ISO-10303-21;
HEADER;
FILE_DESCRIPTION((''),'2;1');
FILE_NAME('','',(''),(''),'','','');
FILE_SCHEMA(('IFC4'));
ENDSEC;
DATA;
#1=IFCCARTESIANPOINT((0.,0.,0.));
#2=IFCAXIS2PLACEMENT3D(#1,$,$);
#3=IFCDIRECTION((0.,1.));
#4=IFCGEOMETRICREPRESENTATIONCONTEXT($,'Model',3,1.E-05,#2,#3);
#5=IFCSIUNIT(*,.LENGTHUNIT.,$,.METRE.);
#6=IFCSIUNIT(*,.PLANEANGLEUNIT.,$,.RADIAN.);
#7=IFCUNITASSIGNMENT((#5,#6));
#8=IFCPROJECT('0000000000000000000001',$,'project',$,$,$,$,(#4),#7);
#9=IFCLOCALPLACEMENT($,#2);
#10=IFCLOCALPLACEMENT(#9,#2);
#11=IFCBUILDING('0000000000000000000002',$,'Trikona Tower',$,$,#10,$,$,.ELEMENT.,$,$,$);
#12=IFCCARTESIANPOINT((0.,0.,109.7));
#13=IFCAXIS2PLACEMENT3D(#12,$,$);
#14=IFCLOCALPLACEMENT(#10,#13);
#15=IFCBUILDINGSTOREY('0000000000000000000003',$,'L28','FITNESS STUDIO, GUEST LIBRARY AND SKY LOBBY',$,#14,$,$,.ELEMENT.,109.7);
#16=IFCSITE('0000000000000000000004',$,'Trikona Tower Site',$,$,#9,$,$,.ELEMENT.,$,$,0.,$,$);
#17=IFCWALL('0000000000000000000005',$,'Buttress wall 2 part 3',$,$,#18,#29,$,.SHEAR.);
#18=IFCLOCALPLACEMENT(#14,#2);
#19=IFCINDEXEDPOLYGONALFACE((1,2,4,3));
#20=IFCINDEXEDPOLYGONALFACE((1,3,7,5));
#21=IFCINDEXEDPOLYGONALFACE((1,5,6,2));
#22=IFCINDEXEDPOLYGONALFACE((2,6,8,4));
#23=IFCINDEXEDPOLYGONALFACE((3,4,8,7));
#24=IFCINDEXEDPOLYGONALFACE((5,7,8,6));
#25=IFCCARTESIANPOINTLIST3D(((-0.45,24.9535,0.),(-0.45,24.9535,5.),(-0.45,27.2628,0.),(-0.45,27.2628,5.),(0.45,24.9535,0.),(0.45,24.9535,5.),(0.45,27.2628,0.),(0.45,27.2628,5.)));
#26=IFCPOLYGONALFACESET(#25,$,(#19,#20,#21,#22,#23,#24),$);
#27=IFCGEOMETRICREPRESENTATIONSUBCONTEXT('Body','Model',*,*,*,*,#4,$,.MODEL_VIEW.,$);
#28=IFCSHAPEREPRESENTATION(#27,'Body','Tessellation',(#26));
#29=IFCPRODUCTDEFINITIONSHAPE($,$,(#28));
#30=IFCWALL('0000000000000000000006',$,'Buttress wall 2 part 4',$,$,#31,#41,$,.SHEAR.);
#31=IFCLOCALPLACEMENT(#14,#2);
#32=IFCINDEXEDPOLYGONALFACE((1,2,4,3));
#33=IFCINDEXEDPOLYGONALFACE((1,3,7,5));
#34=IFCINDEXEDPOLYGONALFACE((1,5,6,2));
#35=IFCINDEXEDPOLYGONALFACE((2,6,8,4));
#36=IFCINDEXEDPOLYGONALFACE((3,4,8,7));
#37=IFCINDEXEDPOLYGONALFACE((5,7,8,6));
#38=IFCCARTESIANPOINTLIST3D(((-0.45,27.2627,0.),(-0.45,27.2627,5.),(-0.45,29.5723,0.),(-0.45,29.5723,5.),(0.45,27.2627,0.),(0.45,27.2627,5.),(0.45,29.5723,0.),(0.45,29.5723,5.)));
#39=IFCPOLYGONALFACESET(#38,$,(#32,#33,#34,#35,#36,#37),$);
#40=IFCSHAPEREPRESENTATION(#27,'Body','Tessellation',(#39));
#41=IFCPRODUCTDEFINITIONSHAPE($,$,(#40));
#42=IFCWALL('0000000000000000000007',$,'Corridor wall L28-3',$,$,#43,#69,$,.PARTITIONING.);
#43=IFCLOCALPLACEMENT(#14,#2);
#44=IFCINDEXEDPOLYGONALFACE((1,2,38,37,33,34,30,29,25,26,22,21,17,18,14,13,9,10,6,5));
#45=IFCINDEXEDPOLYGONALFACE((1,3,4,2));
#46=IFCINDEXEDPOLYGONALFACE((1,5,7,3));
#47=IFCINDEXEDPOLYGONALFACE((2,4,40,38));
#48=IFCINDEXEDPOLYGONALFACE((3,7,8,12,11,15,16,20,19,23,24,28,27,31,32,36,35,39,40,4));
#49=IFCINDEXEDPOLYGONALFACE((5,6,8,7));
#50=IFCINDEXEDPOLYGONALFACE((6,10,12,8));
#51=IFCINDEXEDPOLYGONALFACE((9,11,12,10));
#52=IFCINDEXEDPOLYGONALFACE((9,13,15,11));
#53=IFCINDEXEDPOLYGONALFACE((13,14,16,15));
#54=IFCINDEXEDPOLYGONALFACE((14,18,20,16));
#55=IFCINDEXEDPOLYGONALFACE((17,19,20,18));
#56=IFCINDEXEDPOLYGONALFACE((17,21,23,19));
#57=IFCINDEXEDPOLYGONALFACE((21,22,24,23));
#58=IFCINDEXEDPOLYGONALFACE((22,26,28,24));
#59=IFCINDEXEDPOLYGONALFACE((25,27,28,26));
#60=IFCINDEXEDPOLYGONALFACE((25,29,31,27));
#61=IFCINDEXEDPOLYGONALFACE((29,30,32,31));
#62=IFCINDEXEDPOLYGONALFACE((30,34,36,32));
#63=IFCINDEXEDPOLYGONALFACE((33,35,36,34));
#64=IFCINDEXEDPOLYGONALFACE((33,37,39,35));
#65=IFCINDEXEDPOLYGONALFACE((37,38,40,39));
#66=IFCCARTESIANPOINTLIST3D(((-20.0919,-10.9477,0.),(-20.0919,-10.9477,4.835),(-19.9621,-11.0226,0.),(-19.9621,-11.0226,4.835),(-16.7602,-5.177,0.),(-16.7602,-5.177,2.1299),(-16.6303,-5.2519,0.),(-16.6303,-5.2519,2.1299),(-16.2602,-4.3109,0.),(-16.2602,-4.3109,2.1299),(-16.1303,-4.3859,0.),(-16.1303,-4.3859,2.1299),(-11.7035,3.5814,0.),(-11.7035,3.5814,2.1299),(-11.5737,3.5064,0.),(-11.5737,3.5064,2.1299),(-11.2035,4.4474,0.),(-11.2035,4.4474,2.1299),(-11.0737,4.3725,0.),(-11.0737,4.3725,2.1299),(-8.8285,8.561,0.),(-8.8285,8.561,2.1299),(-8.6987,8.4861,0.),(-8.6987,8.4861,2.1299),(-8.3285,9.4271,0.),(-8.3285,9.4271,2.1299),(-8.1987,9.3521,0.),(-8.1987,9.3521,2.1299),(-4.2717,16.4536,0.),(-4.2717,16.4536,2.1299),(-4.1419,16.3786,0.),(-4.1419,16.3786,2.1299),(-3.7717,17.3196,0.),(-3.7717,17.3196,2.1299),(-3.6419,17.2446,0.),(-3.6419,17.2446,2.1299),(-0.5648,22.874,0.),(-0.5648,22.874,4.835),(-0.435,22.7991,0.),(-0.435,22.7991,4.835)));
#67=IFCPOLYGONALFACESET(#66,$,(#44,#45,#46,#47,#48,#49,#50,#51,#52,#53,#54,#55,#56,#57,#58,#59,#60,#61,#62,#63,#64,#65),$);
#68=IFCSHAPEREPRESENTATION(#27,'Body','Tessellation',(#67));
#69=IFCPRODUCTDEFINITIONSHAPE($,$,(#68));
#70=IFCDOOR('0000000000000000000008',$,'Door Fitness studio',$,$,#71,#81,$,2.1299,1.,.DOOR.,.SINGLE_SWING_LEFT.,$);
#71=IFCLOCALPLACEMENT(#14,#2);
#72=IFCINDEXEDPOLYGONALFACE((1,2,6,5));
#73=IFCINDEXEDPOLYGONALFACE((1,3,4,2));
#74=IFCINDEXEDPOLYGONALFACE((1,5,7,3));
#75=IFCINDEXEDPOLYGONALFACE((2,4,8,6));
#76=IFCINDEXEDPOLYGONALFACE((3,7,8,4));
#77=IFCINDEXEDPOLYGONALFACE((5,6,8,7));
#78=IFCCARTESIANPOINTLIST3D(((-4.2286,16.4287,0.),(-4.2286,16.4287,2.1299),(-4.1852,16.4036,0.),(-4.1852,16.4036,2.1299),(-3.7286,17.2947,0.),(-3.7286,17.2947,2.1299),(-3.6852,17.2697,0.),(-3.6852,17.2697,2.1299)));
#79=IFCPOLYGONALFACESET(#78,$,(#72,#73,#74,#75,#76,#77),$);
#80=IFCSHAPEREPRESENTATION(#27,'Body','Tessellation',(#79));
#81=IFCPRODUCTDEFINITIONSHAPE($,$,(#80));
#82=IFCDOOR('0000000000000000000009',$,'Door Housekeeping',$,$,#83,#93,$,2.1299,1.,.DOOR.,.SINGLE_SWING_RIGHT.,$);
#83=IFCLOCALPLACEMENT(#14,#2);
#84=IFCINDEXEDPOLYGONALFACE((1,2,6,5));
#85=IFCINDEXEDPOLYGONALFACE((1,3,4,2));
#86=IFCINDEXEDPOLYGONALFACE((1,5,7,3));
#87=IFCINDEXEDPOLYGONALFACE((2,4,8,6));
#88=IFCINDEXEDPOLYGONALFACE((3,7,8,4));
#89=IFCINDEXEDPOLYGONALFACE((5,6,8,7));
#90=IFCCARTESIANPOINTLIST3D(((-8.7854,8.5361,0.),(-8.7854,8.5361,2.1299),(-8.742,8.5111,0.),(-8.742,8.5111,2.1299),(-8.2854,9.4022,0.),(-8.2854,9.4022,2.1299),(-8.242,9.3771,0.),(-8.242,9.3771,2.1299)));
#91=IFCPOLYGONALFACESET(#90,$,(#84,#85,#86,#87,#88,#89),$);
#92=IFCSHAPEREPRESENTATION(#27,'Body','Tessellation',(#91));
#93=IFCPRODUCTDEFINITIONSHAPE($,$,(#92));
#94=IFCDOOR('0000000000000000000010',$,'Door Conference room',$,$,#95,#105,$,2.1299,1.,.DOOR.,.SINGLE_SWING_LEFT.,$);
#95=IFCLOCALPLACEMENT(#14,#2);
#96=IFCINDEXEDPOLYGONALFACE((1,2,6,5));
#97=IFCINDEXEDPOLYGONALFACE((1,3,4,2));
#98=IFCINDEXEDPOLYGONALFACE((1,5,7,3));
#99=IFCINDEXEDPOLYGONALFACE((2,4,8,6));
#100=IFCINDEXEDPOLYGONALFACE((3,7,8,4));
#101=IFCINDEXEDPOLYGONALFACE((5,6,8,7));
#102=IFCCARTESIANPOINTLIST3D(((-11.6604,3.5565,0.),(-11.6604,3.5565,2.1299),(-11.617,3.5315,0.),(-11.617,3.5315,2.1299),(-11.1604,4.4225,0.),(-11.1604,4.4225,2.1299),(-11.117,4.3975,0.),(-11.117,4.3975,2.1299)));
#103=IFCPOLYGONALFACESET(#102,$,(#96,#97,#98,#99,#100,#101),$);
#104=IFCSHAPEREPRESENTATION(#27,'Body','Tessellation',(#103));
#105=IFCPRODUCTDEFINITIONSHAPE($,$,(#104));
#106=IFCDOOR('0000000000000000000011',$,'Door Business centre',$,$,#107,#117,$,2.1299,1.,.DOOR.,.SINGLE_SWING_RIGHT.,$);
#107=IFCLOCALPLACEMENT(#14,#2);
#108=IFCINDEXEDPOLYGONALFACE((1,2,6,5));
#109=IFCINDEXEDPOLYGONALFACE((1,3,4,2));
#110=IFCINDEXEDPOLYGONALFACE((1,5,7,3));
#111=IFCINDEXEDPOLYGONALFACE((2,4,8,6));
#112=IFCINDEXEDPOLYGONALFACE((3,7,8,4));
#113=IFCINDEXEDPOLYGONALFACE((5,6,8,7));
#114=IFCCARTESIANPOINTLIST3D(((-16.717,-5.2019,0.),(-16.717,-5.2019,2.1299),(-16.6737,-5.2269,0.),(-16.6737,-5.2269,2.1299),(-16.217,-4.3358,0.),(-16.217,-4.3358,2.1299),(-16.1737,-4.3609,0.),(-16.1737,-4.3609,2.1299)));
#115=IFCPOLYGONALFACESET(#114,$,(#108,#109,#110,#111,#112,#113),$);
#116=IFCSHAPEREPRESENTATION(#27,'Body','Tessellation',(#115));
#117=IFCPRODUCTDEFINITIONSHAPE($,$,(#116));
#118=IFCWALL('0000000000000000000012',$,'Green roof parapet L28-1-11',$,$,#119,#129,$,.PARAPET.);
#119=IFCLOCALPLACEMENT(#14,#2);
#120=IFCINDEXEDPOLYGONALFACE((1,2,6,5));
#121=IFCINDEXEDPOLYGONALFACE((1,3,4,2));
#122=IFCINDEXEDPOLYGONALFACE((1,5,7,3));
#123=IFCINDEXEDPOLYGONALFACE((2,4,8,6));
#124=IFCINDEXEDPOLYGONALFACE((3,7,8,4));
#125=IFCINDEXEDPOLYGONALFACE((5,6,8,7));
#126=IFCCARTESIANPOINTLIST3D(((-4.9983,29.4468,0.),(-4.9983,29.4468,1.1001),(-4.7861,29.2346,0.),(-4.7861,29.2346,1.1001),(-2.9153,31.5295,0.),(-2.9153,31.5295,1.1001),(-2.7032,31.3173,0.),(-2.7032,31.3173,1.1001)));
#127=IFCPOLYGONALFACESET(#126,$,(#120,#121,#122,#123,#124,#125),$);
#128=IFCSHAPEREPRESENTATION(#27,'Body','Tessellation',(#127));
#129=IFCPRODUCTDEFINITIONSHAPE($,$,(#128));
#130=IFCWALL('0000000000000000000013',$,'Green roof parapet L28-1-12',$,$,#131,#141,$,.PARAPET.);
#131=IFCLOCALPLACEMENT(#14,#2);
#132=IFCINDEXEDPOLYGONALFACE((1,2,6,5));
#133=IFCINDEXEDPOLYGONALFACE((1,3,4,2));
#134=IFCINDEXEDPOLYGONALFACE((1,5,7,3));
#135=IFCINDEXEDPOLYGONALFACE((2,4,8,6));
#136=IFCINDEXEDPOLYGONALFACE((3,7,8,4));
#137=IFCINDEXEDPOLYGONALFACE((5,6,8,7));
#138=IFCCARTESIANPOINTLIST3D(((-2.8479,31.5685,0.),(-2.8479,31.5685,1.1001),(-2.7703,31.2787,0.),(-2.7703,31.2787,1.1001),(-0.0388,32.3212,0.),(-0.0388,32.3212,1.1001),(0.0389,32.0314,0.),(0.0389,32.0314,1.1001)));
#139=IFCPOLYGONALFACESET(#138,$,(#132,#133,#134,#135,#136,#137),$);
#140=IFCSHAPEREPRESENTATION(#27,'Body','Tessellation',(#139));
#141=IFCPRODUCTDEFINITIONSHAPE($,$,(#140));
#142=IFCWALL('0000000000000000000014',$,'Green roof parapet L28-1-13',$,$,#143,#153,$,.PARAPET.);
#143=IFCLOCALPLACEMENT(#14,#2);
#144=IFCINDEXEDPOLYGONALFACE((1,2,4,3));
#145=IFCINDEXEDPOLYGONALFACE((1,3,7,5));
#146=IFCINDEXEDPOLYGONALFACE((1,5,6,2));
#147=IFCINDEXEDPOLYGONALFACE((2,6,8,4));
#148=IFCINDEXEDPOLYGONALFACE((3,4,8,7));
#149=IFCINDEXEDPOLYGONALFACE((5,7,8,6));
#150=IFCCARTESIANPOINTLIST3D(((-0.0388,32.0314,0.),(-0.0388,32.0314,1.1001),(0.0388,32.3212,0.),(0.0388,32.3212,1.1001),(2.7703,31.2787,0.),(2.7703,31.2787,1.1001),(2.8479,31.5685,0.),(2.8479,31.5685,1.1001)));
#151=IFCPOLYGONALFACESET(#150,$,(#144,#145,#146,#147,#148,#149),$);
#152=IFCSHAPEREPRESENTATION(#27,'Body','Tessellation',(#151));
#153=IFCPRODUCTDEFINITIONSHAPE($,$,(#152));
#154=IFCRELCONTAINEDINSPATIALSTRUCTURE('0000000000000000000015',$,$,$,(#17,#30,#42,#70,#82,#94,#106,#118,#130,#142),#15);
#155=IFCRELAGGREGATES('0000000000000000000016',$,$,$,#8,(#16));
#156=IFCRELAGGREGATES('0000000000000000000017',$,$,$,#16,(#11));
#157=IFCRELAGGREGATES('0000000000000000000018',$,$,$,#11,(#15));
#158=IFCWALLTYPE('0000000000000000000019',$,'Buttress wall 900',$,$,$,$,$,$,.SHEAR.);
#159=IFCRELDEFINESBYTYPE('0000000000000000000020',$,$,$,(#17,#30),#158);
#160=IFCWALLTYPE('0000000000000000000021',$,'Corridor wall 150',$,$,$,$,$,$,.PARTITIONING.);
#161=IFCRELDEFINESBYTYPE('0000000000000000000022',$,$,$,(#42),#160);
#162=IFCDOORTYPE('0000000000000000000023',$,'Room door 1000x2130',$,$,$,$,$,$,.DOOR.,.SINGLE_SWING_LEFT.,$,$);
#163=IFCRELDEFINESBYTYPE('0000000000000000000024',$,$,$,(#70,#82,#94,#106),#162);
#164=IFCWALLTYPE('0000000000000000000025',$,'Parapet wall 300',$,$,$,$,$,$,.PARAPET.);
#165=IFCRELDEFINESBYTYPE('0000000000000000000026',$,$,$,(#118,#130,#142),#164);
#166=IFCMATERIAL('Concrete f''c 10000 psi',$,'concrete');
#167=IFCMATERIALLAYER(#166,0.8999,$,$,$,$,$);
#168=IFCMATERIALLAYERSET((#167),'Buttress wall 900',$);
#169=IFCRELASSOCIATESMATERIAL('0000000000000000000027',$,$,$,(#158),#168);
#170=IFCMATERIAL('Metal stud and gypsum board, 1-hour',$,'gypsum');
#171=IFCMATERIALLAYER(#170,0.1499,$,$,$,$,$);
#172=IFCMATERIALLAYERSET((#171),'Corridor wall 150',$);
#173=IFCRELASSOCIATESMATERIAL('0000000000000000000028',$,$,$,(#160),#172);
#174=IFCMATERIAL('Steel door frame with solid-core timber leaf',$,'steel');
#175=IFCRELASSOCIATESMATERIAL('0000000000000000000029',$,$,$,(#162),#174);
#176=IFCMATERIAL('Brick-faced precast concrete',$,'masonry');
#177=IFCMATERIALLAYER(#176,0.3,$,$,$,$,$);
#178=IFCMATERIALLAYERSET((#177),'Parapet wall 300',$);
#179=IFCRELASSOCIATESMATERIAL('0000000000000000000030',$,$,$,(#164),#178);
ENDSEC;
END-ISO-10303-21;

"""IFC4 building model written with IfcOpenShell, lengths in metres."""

from ifc_helpers import new_model, si_unit, direction, frame, frame_2d, origin, place, context, subcontext, project, spatial, rectangle, extrude, material, layer, layer_set, type_object, element, fill, save


model = new_model("IFC4")

# Units and contexts
model_context = context("Model", 3, precision=1e-05, world=origin(), true_north=direction((0.0, 1.0)))
body_context = subcontext(model_context, "Body", "Model", "MODEL_VIEW")
ifc_project = project(units=[si_unit("LENGTHUNIT", "METRE"), si_unit("PLANEANGLEUNIT", "RADIAN")], contexts=[model_context])

# Site, building, storey
site_placement = place(None, origin())
site = spatial("IfcSite", under=ifc_project, at=site_placement, Name="Trikona Tower Site", CompositionType="ELEMENT", RefElevation=0.0)
building_placement = place(site_placement, origin())
building = spatial("IfcBuilding", under=site, at=building_placement, Name="Trikona Tower", CompositionType="ELEMENT")
storey_placement = place(building_placement, frame((0.0, 0.0, 109.7)))
storey = spatial("IfcBuildingStorey", under=building, at=storey_placement, Name="L28", Description="FITNESS STUDIO, GUEST LIBRARY AND SKY LOBBY", CompositionType="ELEMENT", Elevation=109.7)

# Walls
ifc_material_1 = material(Name="Concrete f'c 10000 psi", Category="concrete")
ifc_layer_1 = layer(ifc_material_1, 0.8999)
ifc_layer_set_1 = layer_set([ifc_layer_1], Name="Buttress wall 900")
wall_type_1 = type_object("IfcWallType", Name="Buttress wall 900", PredefinedType="SHEAR", material=ifc_layer_set_1)
wall_1_placement = place(storey_placement, frame((0.0, 24.9534, 0.0), z_axis=(0.0, 0.0, 1.0), x_axis=(0.0, 1.0, 0.0)))
element("IfcWall", 1, at=wall_1_placement, inside=storey, type_object=wall_type_1, Name="Buttress wall 2 part 3", PredefinedType="SHEAR", context=body_context, shape_type="SweptSolid", body=[
    extrude(rectangle(XDim=2.3093, YDim=0.8999, at=frame_2d((1.1548, 0.0))), origin(), (0.0, 0.0, 1.0), 5.0),
])
wall_2_placement = place(storey_placement, frame((0.0, 27.2627, 0.0), z_axis=(0.0, 0.0, 1.0), x_axis=(0.0, 1.0, 0.0)))
element("IfcWall", 2, at=wall_2_placement, inside=storey, type_object=wall_type_1, Name="Buttress wall 2 part 4", PredefinedType="SHEAR", context=body_context, shape_type="SweptSolid", body=[
    extrude(rectangle(XDim=2.3096, YDim=0.8999, at=frame_2d((1.1548, 0.0))), origin(), (0.0, 0.0, 1.0), 5.0),
])

# Wall, openings, doors
ifc_material_2 = material(Name="Metal stud and gypsum board, 1-hour", Category="gypsum")
ifc_layer_2 = layer(ifc_material_2, 0.1499)
ifc_layer_set_2 = layer_set([ifc_layer_2], Name="Corridor wall 150")
wall_type_2 = type_object("IfcWallType", Name="Corridor wall 150", PredefinedType="PARTITIONING", material=ifc_layer_set_2)
wall_3_placement = place(storey_placement, frame((-0.5, 22.8364, 0.0), z_axis=(0.0, 0.0, 1.0), x_axis=(-0.500002, -0.866024, 0.0)))
wall_3 = element("IfcWall", 3, at=wall_3_placement, inside=storey, type_object=wall_type_2, Name="Corridor wall L28-3", PredefinedType="PARTITIONING", context=body_context, shape_type="SweptSolid", body=[
    extrude(rectangle(XDim=39.054, YDim=0.1499, at=frame_2d((19.5269, 0.0))), origin(), (0.0, 0.0, 1.0), 4.835),
])
opening_1_placement = place(wall_3_placement, frame((6.4136, 0.0, 0.0)))
opening_1 = element("IfcOpeningElement", 4, at=opening_1_placement, cuts=wall_3, PredefinedType="OPENING", context=body_context, shape_type="SweptSolid", body=[
    extrude(rectangle(XDim=1.0, YDim=2.1299, at=frame_2d((0.5, 1.0649))), frame((0.0, 0.085, 0.0), z_axis=(0.0, -1.0, 0.0), x_axis=(1.0, 0.0, 0.0)), (0.0, 0.0, 1.0), 0.1699),
])
opening_2_placement = place(wall_3_placement, frame((15.5271, 0.0, 0.0)))
opening_2 = element("IfcOpeningElement", 5, at=opening_2_placement, cuts=wall_3, PredefinedType="OPENING", context=body_context, shape_type="SweptSolid", body=[
    extrude(rectangle(XDim=1.0, YDim=2.1299, at=frame_2d((0.5, 1.0649))), frame((0.0, 0.085, 0.0), z_axis=(0.0, -1.0, 0.0), x_axis=(1.0, 0.0, 0.0)), (0.0, 0.0, 1.0), 0.1699),
])
opening_3_placement = place(wall_3_placement, frame((21.2771, 0.0, 0.0)))
opening_3 = element("IfcOpeningElement", 6, at=opening_3_placement, cuts=wall_3, PredefinedType="OPENING", context=body_context, shape_type="SweptSolid", body=[
    extrude(rectangle(XDim=1.0, YDim=2.1299, at=frame_2d((0.5, 1.0649))), frame((0.0, 0.085, 0.0), z_axis=(0.0, -1.0, 0.0), x_axis=(1.0, 0.0, 0.0)), (0.0, 0.0, 1.0), 0.1699),
])
opening_4_placement = place(wall_3_placement, frame((31.3904, 0.0, 0.0)))
opening_4 = element("IfcOpeningElement", 7, at=opening_4_placement, cuts=wall_3, PredefinedType="OPENING", context=body_context, shape_type="SweptSolid", body=[
    extrude(rectangle(XDim=1.0, YDim=2.1299, at=frame_2d((0.5, 1.0649))), frame((0.0, 0.085, 0.0), z_axis=(0.0, -1.0, 0.0), x_axis=(1.0, 0.0, 0.0)), (0.0, 0.0, 1.0), 0.1699),
])
ifc_material_3 = material(Name="Steel door frame with solid-core timber leaf", Category="steel")
door_type = type_object("IfcDoorType", Name="Room door 1000x2130", OperationType="SINGLE_SWING_LEFT", PredefinedType="DOOR", material=ifc_material_3)
door_1_placement = place(opening_1_placement, origin())
door_1 = element("IfcDoor", 8, at=door_1_placement, inside=storey, type_object=door_type, Name="Door Fitness studio", OperationType="SINGLE_SWING_LEFT", OverallHeight=2.1299, OverallWidth=1.0, PredefinedType="DOOR", context=body_context, shape_type="SweptSolid", body=[
    extrude(rectangle(XDim=1.0, YDim=2.1299, at=frame_2d((0.5, 1.0649))), frame((0.0, 0.0249, 0.0), z_axis=(0.0, -1.0, 0.0), x_axis=(1.0, 0.0, 0.0)), (0.0, 0.0, 1.0), 0.05),
])
fill(opening_1, door_1)
door_2_placement = place(opening_2_placement, origin())
door_2 = element("IfcDoor", 9, at=door_2_placement, inside=storey, type_object=door_type, Name="Door Housekeeping", OperationType="SINGLE_SWING_RIGHT", OverallHeight=2.1299, OverallWidth=1.0, PredefinedType="DOOR", context=body_context, shape_type="SweptSolid", body=[
    extrude(rectangle(XDim=1.0, YDim=2.1299, at=frame_2d((0.5, 1.0649))), frame((0.0, 0.0249, 0.0), z_axis=(0.0, -1.0, 0.0), x_axis=(1.0, 0.0, 0.0)), (0.0, 0.0, 1.0), 0.05),
])
fill(opening_2, door_2)
door_3_placement = place(opening_3_placement, origin())
door_3 = element("IfcDoor", 10, at=door_3_placement, inside=storey, type_object=door_type, Name="Door Conference room", OperationType="SINGLE_SWING_LEFT", OverallHeight=2.1299, OverallWidth=1.0, PredefinedType="DOOR", context=body_context, shape_type="SweptSolid", body=[
    extrude(rectangle(XDim=1.0, YDim=2.1299, at=frame_2d((0.5, 1.0649))), frame((0.0, 0.0249, 0.0), z_axis=(0.0, -1.0, 0.0), x_axis=(1.0, 0.0, 0.0)), (0.0, 0.0, 1.0), 0.05),
])
fill(opening_3, door_3)
door_4_placement = place(opening_4_placement, origin())
door_4 = element("IfcDoor", 11, at=door_4_placement, inside=storey, type_object=door_type, Name="Door Business centre", OperationType="SINGLE_SWING_RIGHT", OverallHeight=2.1299, OverallWidth=1.0, PredefinedType="DOOR", context=body_context, shape_type="SweptSolid", body=[
    extrude(rectangle(XDim=1.0, YDim=2.1299, at=frame_2d((0.5, 1.0649))), frame((0.0, 0.0249, 0.0), z_axis=(0.0, -1.0, 0.0), x_axis=(1.0, 0.0, 0.0)), (0.0, 0.0, 1.0), 0.05),
])
fill(opening_4, door_4)

# Walls
ifc_material_4 = material(Name="Brick-faced precast concrete", Category="masonry")
ifc_layer_3 = layer(ifc_material_4, 0.3)
ifc_layer_set_3 = layer_set([ifc_layer_3], Name="Parapet wall 300")
wall_type_3 = type_object("IfcWallType", Name="Parapet wall 300", PredefinedType="PARAPET", material=ifc_layer_set_3)
wall_4_placement = place(storey_placement, frame((-4.8921, 29.3408, 0.0), z_axis=(0.0, 0.0, 1.0), x_axis=(0.707148, 0.707065, 0.0)))
element("IfcWall", 12, at=wall_4_placement, inside=storey, type_object=wall_type_3, Name="Green roof parapet L28-1-11", PredefinedType="PARAPET", context=body_context, shape_type="SweptSolid", body=[
    extrude(rectangle(XDim=2.9456, YDim=0.3, at=frame_2d((1.4727, 0.0))), origin(), (0.0, 0.0, 1.0), 1.1001),
])
for number, where, z_axis, x_axis, name in (
    (13, (-2.8091, 31.4236, 0.0), (0.0, 0.0, 1.0), (0.965926, 0.258817, 0.0), "Green roof parapet L28-1-12"),
    (14, (0.0, 32.1763, 0.0), (0.0, 0.0, 1.0), (0.965926, -0.258817, 0.0), "Green roof parapet L28-1-13"),
):
    element("IfcWall", number, at=place(storey_placement, frame(where, z_axis=z_axis, x_axis=x_axis)), inside=storey, type_object=wall_type_3, Name=name, PredefinedType="PARAPET", context=body_context, shape_type="SweptSolid", body=[
        extrude(rectangle(XDim=2.9082, YDim=0.3, at=frame_2d((1.4541, 0.0))), origin(), (0.0, 0.0, 1.0), 1.1001),
    ])

save(model, "model.ifc")
